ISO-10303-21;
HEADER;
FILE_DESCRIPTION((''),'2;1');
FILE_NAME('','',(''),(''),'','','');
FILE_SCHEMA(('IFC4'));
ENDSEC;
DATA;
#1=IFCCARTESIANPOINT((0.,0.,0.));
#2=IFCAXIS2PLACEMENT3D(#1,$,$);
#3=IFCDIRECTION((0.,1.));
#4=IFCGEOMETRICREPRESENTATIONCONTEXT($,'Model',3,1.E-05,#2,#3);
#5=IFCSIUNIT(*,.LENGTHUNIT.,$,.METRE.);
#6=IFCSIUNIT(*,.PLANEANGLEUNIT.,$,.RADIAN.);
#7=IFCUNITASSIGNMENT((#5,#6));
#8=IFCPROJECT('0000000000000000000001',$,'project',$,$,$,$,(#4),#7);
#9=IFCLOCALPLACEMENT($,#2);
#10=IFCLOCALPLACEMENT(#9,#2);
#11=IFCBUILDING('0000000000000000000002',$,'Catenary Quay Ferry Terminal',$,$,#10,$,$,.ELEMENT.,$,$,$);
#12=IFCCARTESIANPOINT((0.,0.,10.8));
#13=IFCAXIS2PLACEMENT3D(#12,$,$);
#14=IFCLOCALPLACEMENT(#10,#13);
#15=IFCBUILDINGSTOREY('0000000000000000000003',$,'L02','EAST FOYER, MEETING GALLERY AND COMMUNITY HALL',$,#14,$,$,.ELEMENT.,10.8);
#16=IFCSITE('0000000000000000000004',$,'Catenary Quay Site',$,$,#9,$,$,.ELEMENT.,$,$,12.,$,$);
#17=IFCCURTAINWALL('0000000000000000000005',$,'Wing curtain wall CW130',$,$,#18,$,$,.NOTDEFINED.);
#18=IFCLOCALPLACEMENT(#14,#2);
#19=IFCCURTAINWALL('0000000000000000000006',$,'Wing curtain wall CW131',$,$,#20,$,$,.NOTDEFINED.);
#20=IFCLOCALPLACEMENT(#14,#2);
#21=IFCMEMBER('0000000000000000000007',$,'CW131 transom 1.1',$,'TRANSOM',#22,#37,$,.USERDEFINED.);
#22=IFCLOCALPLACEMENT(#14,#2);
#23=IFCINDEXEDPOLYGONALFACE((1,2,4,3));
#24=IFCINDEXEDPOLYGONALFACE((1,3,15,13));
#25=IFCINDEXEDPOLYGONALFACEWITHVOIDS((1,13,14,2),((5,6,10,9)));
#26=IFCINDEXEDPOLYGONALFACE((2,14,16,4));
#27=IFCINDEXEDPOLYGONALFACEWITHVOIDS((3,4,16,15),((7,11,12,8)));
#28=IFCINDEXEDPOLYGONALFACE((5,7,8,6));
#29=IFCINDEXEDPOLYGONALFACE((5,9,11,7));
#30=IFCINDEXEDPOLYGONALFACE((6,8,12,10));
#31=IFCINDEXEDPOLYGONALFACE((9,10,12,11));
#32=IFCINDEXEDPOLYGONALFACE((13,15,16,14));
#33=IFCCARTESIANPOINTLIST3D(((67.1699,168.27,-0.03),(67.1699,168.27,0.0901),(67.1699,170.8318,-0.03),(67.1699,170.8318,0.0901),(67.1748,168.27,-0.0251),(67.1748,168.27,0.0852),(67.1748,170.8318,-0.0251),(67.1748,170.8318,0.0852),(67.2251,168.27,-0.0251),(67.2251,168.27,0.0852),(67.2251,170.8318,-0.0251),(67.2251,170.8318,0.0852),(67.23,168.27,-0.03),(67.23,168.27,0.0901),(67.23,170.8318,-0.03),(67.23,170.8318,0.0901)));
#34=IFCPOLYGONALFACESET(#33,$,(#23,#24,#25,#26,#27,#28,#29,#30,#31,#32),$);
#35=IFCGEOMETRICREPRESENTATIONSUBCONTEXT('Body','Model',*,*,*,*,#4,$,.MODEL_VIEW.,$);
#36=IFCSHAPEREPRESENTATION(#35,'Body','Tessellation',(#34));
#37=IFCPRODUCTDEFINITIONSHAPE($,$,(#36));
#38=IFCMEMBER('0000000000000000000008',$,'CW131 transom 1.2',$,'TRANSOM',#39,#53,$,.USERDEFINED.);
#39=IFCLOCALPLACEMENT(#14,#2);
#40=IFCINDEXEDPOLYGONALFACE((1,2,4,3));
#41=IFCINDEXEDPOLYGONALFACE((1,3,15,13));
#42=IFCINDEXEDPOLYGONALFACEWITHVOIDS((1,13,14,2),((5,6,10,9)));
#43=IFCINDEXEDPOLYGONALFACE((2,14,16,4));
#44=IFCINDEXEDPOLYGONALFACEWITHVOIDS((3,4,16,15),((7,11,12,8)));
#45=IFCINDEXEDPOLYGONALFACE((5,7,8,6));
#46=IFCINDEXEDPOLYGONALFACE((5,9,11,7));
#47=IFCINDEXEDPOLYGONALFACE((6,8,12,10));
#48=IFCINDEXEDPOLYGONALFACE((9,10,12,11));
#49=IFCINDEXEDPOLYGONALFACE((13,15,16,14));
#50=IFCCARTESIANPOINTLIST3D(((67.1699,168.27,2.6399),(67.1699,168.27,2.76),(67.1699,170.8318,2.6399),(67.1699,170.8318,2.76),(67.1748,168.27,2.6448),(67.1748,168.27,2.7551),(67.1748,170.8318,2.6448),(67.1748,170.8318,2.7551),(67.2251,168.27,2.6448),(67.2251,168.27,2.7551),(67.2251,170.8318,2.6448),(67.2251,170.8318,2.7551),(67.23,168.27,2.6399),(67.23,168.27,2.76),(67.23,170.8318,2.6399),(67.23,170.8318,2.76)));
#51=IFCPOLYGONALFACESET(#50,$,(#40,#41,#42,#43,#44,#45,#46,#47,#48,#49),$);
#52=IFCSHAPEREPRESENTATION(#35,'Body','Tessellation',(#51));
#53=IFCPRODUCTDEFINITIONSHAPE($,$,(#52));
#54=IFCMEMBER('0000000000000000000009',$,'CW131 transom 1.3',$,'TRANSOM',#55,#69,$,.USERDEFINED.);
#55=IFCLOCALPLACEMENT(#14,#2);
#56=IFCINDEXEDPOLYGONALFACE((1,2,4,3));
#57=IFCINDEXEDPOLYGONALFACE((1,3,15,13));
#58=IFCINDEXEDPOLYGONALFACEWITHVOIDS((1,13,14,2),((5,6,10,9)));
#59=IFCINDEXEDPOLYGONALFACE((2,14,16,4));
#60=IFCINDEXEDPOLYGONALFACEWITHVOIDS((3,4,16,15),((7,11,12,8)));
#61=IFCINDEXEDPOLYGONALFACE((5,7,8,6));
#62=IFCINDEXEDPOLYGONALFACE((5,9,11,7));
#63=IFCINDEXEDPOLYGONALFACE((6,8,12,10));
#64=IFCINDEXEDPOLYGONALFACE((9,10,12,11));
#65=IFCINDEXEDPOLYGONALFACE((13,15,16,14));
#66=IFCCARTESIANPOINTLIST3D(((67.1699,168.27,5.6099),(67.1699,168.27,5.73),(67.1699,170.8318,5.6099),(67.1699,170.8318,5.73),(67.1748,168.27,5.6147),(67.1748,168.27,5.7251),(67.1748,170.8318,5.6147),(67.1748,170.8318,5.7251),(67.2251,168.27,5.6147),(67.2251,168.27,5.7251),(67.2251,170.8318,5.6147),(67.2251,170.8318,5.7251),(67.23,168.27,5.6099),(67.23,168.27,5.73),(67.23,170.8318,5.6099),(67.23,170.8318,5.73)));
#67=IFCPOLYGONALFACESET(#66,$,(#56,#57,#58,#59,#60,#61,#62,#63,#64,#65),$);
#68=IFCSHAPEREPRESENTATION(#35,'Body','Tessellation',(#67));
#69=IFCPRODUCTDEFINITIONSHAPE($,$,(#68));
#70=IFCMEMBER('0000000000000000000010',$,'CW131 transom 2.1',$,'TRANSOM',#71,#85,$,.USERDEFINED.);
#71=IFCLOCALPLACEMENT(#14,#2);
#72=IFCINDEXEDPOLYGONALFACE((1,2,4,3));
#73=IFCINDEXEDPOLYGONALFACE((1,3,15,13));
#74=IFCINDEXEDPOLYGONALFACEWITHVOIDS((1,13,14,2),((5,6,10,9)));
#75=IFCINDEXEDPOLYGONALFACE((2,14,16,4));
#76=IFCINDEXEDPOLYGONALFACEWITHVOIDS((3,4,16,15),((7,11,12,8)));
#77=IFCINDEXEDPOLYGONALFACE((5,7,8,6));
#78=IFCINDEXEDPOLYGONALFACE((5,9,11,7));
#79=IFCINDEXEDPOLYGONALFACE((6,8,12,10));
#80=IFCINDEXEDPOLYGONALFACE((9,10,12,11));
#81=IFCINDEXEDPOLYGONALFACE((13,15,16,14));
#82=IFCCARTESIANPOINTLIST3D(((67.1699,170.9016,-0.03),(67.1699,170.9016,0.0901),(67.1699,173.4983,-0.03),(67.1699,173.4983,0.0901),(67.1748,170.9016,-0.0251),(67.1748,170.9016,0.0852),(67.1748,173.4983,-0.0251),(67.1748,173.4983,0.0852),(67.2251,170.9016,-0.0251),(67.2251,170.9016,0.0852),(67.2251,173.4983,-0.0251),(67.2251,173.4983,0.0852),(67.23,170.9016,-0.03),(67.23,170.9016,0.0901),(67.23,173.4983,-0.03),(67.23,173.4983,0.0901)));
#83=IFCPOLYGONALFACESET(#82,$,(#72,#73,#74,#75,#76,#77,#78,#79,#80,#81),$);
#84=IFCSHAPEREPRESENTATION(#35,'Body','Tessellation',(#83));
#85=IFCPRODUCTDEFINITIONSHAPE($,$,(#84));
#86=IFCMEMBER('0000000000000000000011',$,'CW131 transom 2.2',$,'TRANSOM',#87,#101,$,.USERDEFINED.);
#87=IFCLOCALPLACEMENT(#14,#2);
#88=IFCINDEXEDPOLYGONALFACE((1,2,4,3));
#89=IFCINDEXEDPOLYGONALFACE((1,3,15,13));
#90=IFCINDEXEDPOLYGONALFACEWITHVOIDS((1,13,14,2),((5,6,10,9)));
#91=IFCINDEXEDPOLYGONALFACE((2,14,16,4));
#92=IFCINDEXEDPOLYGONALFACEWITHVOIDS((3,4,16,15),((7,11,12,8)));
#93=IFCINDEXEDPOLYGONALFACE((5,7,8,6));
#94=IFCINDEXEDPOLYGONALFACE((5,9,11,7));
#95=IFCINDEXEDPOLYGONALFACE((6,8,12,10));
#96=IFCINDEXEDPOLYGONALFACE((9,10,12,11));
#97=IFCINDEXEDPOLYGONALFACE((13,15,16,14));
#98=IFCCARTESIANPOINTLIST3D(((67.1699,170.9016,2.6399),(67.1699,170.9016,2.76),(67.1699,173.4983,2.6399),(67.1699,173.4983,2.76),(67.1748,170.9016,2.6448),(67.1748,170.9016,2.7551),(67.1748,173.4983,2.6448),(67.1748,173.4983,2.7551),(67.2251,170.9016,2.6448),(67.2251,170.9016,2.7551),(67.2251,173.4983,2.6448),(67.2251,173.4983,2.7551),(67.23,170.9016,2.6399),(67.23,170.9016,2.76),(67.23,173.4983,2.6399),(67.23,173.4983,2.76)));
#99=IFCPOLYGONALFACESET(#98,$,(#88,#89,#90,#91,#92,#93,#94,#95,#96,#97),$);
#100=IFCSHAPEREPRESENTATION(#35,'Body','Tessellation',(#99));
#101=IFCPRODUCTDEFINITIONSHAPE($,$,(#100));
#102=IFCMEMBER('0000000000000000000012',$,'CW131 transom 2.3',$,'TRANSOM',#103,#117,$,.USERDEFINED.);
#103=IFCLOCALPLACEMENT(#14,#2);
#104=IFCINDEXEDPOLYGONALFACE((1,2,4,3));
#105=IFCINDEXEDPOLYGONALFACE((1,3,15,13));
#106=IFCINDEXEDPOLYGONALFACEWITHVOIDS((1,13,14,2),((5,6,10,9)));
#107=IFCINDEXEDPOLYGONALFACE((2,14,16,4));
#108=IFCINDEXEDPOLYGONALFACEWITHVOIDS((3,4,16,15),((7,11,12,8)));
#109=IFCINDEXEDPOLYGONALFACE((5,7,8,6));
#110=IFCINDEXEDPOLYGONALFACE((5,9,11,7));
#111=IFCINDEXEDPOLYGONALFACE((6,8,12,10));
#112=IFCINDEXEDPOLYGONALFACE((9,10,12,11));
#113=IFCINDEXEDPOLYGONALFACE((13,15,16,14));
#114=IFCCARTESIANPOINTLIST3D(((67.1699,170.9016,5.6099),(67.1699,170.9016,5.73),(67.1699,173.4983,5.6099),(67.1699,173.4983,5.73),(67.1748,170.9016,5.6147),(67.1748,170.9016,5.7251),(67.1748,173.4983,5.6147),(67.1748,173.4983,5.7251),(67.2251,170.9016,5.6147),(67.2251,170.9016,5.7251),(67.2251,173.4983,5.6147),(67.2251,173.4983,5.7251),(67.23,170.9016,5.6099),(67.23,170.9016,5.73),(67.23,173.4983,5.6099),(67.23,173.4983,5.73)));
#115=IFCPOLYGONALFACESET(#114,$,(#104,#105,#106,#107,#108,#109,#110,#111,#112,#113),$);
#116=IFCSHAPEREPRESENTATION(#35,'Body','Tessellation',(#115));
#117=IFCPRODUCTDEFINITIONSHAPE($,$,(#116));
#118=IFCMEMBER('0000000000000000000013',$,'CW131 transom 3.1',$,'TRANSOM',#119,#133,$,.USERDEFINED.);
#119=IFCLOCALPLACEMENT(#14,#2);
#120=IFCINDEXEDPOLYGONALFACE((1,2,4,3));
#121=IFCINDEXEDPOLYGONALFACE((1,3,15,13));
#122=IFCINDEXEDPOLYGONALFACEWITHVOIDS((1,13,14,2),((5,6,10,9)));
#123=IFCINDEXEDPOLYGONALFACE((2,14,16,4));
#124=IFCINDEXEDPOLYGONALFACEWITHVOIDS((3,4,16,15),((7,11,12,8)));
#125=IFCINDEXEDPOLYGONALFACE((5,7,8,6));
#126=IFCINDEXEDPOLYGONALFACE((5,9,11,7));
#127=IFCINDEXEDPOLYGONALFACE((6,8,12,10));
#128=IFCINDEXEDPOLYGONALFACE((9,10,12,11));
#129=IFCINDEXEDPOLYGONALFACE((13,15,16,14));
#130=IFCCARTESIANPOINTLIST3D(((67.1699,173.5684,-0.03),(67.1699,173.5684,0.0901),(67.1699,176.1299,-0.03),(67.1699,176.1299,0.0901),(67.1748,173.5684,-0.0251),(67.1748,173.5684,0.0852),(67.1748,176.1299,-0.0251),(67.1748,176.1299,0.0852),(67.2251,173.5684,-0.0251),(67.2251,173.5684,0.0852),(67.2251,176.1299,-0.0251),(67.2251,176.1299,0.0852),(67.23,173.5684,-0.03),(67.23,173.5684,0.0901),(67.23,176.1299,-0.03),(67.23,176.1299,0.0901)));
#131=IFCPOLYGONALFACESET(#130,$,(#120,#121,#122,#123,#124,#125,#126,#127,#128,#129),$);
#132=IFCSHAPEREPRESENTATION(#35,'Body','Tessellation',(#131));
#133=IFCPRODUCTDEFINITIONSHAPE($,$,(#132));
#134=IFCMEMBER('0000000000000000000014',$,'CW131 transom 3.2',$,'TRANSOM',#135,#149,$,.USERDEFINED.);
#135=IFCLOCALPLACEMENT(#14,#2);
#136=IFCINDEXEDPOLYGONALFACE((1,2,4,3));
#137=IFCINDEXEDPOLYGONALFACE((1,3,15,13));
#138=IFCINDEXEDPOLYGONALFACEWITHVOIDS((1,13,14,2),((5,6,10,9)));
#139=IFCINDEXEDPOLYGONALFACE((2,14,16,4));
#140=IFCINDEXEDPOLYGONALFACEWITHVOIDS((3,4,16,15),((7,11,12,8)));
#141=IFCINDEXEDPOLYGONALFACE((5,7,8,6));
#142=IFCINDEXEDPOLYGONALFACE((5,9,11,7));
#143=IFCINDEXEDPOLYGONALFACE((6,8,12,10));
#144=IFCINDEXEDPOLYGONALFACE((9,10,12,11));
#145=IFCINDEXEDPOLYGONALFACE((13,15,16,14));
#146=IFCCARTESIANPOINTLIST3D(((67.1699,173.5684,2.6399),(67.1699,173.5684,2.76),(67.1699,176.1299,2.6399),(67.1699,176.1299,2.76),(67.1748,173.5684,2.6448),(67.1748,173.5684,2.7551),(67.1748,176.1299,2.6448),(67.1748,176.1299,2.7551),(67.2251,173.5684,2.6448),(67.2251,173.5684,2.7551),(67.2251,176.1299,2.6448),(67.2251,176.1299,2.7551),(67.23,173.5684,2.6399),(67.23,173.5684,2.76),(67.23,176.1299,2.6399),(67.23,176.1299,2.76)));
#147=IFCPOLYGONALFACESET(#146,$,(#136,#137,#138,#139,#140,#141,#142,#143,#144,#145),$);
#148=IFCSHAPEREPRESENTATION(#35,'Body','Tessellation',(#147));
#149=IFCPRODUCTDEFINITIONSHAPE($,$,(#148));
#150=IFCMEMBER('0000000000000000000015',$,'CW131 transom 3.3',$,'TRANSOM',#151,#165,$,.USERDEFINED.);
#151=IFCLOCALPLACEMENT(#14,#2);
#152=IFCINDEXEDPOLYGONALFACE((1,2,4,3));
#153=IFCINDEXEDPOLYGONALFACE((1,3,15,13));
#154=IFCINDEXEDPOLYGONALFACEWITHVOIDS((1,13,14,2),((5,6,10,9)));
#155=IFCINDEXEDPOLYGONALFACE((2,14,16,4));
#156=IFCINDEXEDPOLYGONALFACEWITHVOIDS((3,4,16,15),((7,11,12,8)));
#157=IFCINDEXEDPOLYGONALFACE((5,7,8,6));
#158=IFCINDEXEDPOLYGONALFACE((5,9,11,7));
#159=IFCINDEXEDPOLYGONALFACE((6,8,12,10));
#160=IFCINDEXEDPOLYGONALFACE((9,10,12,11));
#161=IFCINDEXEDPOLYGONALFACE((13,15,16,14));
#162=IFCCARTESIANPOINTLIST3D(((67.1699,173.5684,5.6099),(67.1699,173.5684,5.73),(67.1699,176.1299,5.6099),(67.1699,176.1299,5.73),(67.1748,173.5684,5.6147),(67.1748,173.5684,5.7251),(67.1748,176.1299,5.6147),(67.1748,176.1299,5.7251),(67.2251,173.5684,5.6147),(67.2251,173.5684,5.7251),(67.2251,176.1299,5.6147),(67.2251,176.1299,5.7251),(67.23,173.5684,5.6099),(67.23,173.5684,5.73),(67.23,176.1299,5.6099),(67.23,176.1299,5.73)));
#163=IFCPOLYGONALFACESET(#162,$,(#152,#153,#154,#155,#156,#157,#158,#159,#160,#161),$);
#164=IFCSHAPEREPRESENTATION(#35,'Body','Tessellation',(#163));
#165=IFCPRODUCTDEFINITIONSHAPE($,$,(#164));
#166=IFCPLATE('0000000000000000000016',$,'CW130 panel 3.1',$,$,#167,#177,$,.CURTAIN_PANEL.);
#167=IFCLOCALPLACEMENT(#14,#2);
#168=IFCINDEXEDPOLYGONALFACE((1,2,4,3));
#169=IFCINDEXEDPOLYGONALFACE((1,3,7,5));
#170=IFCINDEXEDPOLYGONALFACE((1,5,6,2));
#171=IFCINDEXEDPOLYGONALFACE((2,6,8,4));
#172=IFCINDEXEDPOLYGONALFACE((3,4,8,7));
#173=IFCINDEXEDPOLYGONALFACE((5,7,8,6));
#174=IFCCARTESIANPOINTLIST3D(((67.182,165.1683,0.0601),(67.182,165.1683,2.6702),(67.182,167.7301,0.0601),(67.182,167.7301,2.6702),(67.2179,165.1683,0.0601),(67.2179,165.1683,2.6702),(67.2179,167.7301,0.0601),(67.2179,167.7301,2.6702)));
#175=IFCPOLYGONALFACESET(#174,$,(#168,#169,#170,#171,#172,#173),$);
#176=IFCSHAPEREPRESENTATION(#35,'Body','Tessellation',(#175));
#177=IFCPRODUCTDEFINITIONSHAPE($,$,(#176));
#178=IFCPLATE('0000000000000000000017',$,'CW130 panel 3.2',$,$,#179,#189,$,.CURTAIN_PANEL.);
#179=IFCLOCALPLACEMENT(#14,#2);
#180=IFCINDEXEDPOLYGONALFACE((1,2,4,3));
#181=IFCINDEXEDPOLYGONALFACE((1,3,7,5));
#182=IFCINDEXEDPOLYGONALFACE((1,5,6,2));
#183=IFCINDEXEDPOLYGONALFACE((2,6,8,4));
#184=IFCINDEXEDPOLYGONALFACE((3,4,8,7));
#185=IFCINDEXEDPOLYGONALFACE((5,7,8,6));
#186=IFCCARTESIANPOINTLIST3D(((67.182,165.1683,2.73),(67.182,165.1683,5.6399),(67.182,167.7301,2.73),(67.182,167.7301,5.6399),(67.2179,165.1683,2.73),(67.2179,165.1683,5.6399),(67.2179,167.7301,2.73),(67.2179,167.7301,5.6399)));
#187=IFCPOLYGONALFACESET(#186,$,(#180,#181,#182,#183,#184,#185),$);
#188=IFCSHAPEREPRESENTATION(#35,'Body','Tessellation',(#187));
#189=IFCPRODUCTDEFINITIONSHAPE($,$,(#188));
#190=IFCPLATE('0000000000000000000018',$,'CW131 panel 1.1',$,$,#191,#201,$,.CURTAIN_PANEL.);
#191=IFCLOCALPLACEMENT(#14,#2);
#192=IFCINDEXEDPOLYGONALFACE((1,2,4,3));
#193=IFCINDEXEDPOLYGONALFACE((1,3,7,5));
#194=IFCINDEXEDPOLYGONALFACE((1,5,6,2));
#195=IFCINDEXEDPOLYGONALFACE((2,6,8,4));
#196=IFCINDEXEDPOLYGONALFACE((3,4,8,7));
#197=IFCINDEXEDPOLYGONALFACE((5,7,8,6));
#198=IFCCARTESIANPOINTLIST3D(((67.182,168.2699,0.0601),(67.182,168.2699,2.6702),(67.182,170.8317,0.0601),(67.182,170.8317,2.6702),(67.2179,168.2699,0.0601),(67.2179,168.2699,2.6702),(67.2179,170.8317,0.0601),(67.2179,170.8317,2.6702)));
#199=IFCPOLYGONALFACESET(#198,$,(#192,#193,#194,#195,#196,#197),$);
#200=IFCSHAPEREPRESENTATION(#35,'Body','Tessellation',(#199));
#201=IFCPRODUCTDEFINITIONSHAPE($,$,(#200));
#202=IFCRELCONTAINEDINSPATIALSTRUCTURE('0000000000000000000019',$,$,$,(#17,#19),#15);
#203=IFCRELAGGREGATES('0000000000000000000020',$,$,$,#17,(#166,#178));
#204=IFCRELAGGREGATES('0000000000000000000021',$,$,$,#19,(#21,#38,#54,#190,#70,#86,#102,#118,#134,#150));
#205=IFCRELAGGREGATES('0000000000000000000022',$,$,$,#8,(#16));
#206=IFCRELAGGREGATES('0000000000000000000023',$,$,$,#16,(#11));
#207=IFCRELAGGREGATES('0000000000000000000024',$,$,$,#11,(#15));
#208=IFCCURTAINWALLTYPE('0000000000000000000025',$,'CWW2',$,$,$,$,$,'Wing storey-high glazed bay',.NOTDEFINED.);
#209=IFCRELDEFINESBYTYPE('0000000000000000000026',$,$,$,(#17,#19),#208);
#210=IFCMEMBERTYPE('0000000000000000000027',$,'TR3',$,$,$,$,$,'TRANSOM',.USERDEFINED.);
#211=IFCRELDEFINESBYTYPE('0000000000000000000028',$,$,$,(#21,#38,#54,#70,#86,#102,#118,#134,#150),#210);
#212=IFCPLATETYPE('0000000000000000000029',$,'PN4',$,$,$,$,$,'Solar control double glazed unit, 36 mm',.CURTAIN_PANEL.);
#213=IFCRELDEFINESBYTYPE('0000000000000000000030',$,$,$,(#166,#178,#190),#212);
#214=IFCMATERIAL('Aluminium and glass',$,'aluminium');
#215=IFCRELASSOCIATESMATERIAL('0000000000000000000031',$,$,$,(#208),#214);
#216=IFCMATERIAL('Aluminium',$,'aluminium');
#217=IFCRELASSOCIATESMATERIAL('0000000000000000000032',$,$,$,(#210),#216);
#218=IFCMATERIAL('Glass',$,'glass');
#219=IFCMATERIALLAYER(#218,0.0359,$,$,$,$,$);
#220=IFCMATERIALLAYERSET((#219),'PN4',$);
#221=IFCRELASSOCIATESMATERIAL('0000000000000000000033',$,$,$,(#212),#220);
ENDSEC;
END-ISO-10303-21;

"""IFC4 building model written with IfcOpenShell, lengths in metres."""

from ifc_helpers import new_model, si_unit, direction, frame, origin, origin_2d, place, context, subcontext, project, spatial, rectangle, hollow_rectangle, extrude, material, layer, layer_set, material_profile, profile_set, type_object, element, aggregate, save


model = new_model("IFC4")

# Units and contexts
model_context = context("Model", 3, precision=1e-05, world=origin(), true_north=direction((0.0, 1.0)))
body_context = subcontext(model_context, "Body", "Model", "MODEL_VIEW")
ifc_project = project(units=[si_unit("LENGTHUNIT", "METRE"), si_unit("PLANEANGLEUNIT", "RADIAN")], contexts=[model_context])

# Site, building, storey
site_placement = place(None, origin())
site = spatial("IfcSite", under=ifc_project, at=site_placement, Name="Catenary Quay Site", CompositionType="ELEMENT", RefElevation=12.0)
building_placement = place(site_placement, origin())
building = spatial("IfcBuilding", under=site, at=building_placement, Name="Catenary Quay Ferry Terminal", CompositionType="ELEMENT")
storey_placement = place(building_placement, frame((0.0, 0.0, 10.8)))
storey = spatial("IfcBuildingStorey", under=building, at=storey_placement, Name="L02", Description="EAST FOYER, MEETING GALLERY AND COMMUNITY HALL", CompositionType="ELEMENT", Elevation=10.8)

# Curtain wall
ifc_material_1 = material(Name="Aluminium and glass", Category="aluminium")
curtain_wall_type = type_object("IfcCurtainWallType", Name="CWW2", ElementType="Wing storey-high glazed bay", PredefinedType="NOTDEFINED", material=ifc_material_1)
curtain_wall_1_placement = place(storey_placement, origin())
curtain_wall_1 = element("IfcCurtainWall", 1, at=curtain_wall_1_placement, inside=storey, type_object=curtain_wall_type, Name="Wing curtain wall CW130", PredefinedType="NOTDEFINED")

# Curtain wall, members
curtain_wall_2_placement = place(storey_placement, origin())
curtain_wall_2 = element("IfcCurtainWall", 2, at=curtain_wall_2_placement, inside=storey, type_object=curtain_wall_type, Name="Wing curtain wall CW131", PredefinedType="NOTDEFINED")
ifc_material_2 = material(Name="Aluminium", Category="aluminium")
ifc_material_profile_1 = material_profile(ifc_material_2, hollow_rectangle(XDim=0.0601, YDim=0.1201, WallThickness=0.0049, at=origin_2d()), Name="TR3")
ifc_profile_set_1 = profile_set([ifc_material_profile_1], Name="Aluminium")
member_type_1 = type_object("IfcMemberType", Name="TR3", ElementType="TRANSOM", PredefinedType="USERDEFINED", material=ifc_profile_set_1)
member_1_placement = place(storey_placement, frame((67.2, 168.27, 0.03), z_axis=(0.0, 1.0, 0.0), x_axis=(-1.0, 0.0, 0.0)))
member_1 = element("IfcMember", 3, at=member_1_placement, type_object=member_type_1, Name="CW131 transom 1.1", ObjectType="TRANSOM", PredefinedType="USERDEFINED", context=body_context, shape_type="SweptSolid", body=[
    extrude(hollow_rectangle(XDim=0.0601, YDim=0.1201, WallThickness=0.0049, at=origin_2d()), origin(), (0.0, 0.0, 1.0), 2.5618),
])
member_2_placement = place(storey_placement, frame((67.2, 168.27, 2.7), z_axis=(0.0, 1.0, 0.0), x_axis=(-1.0, 0.0, 0.0)))
member_2 = element("IfcMember", 4, at=member_2_placement, type_object=member_type_1, Name="CW131 transom 1.2", ObjectType="TRANSOM", PredefinedType="USERDEFINED", context=body_context, shape_type="SweptSolid", body=[
    extrude(hollow_rectangle(XDim=0.0601, YDim=0.1201, WallThickness=0.0049, at=origin_2d()), origin(), (0.0, 0.0, 1.0), 2.5618),
])
member_3_placement = place(storey_placement, frame((67.2, 168.27, 5.6699), z_axis=(0.0, 1.0, 0.0), x_axis=(-1.0, 0.0, 0.0)))
member_3 = element("IfcMember", 5, at=member_3_placement, type_object=member_type_1, Name="CW131 transom 1.3", ObjectType="TRANSOM", PredefinedType="USERDEFINED", context=body_context, shape_type="SweptSolid", body=[
    extrude(hollow_rectangle(XDim=0.0601, YDim=0.1201, WallThickness=0.0049, at=origin_2d()), origin(), (0.0, 0.0, 1.0), 2.5618),
])
member_4_placement = place(storey_placement, frame((67.2, 170.9016, 0.03), z_axis=(0.0, 1.0, 0.0), x_axis=(-1.0, 0.0, 0.0)))
member_4 = element("IfcMember", 6, at=member_4_placement, type_object=member_type_1, Name="CW131 transom 2.1", ObjectType="TRANSOM", PredefinedType="USERDEFINED", context=body_context, shape_type="SweptSolid", body=[
    extrude(hollow_rectangle(XDim=0.0601, YDim=0.1201, WallThickness=0.0049, at=origin_2d()), origin(), (0.0, 0.0, 1.0), 2.5967),
])
member_5_placement = place(storey_placement, frame((67.2, 170.9016, 2.7), z_axis=(0.0, 1.0, 0.0), x_axis=(-1.0, 0.0, 0.0)))
member_5 = element("IfcMember", 7, at=member_5_placement, type_object=member_type_1, Name="CW131 transom 2.2", ObjectType="TRANSOM", PredefinedType="USERDEFINED", context=body_context, shape_type="SweptSolid", body=[
    extrude(hollow_rectangle(XDim=0.0601, YDim=0.1201, WallThickness=0.0049, at=origin_2d()), origin(), (0.0, 0.0, 1.0), 2.5967),
])
member_6_placement = place(storey_placement, frame((67.2, 170.9016, 5.6699), z_axis=(0.0, 1.0, 0.0), x_axis=(-1.0, 0.0, 0.0)))
member_6 = element("IfcMember", 8, at=member_6_placement, type_object=member_type_1, Name="CW131 transom 2.3", ObjectType="TRANSOM", PredefinedType="USERDEFINED", context=body_context, shape_type="SweptSolid", body=[
    extrude(hollow_rectangle(XDim=0.0601, YDim=0.1201, WallThickness=0.0049, at=origin_2d()), origin(), (0.0, 0.0, 1.0), 2.5967),
])
member_7_placement = place(storey_placement, frame((67.2, 173.5684, 0.03), z_axis=(0.0, 1.0, 0.0), x_axis=(-1.0, 0.0, 0.0)))
member_7 = element("IfcMember", 9, at=member_7_placement, type_object=member_type_1, Name="CW131 transom 3.1", ObjectType="TRANSOM", PredefinedType="USERDEFINED", context=body_context, shape_type="SweptSolid", body=[
    extrude(hollow_rectangle(XDim=0.0601, YDim=0.1201, WallThickness=0.0049, at=origin_2d()), origin(), (0.0, 0.0, 1.0), 2.5615),
])
member_8_placement = place(storey_placement, frame((67.2, 173.5684, 2.7), z_axis=(0.0, 1.0, 0.0), x_axis=(-1.0, 0.0, 0.0)))
member_8 = element("IfcMember", 10, at=member_8_placement, type_object=member_type_1, Name="CW131 transom 3.2", ObjectType="TRANSOM", PredefinedType="USERDEFINED", context=body_context, shape_type="SweptSolid", body=[
    extrude(hollow_rectangle(XDim=0.0601, YDim=0.1201, WallThickness=0.0049, at=origin_2d()), origin(), (0.0, 0.0, 1.0), 2.5615),
])
member_9_placement = place(storey_placement, frame((67.2, 173.5684, 5.6699), z_axis=(0.0, 1.0, 0.0), x_axis=(-1.0, 0.0, 0.0)))
member_9 = element("IfcMember", 11, at=member_9_placement, type_object=member_type_1, Name="CW131 transom 3.3", ObjectType="TRANSOM", PredefinedType="USERDEFINED", context=body_context, shape_type="SweptSolid", body=[
    extrude(hollow_rectangle(XDim=0.0601, YDim=0.1201, WallThickness=0.0049, at=origin_2d()), origin(), (0.0, 0.0, 1.0), 2.5615),
])

# Plates
ifc_material_3 = material(Name="Glass", Category="glass")
ifc_layer_1 = layer(ifc_material_3, 0.0359)
ifc_layer_set_1 = layer_set([ifc_layer_1], Name="PN4")
plate_type = type_object("IfcPlateType", Name="PN4", ElementType="Solar control double glazed unit, 36 mm", PredefinedType="CURTAIN_PANEL", material=ifc_layer_set_1)
plate_1_placement = place(storey_placement, frame((67.2, 166.4492, 0.0601), z_axis=(0.0, 0.0, 1.0), x_axis=(0.0, 1.0, 0.0)))
plate_1 = element("IfcPlate", 12, at=plate_1_placement, type_object=plate_type, Name="CW130 panel 3.1", PredefinedType="CURTAIN_PANEL", context=body_context, shape_type="SweptSolid", body=[
    extrude(rectangle(XDim=2.5618, YDim=0.0359, at=origin_2d()), origin(), (0.0, 0.0, 1.0), 2.6101),
])
plate_2_placement = place(storey_placement, frame((67.2, 166.4492, 2.73), z_axis=(0.0, 0.0, 1.0), x_axis=(0.0, 1.0, 0.0)))
plate_2 = element("IfcPlate", 13, at=plate_2_placement, type_object=plate_type, Name="CW130 panel 3.2", PredefinedType="CURTAIN_PANEL", context=body_context, shape_type="SweptSolid", body=[
    extrude(rectangle(XDim=2.5618, YDim=0.0359, at=origin_2d()), origin(), (0.0, 0.0, 1.0), 2.9099),
])
aggregate(curtain_wall_1, [plate_1, plate_2])
plate_3_placement = place(storey_placement, frame((67.2, 169.5508, 0.0601), z_axis=(0.0, 0.0, 1.0), x_axis=(0.0, 1.0, 0.0)))
plate_3 = element("IfcPlate", 14, at=plate_3_placement, type_object=plate_type, Name="CW131 panel 1.1", PredefinedType="CURTAIN_PANEL", context=body_context, shape_type="SweptSolid", body=[
    extrude(rectangle(XDim=2.5618, YDim=0.0359, at=origin_2d()), origin(), (0.0, 0.0, 1.0), 2.6101),
])
aggregate(curtain_wall_2, [member_1, member_2, member_3, plate_3, member_4, member_5, member_6, member_7, member_8, member_9])

save(model, "model.ifc")
